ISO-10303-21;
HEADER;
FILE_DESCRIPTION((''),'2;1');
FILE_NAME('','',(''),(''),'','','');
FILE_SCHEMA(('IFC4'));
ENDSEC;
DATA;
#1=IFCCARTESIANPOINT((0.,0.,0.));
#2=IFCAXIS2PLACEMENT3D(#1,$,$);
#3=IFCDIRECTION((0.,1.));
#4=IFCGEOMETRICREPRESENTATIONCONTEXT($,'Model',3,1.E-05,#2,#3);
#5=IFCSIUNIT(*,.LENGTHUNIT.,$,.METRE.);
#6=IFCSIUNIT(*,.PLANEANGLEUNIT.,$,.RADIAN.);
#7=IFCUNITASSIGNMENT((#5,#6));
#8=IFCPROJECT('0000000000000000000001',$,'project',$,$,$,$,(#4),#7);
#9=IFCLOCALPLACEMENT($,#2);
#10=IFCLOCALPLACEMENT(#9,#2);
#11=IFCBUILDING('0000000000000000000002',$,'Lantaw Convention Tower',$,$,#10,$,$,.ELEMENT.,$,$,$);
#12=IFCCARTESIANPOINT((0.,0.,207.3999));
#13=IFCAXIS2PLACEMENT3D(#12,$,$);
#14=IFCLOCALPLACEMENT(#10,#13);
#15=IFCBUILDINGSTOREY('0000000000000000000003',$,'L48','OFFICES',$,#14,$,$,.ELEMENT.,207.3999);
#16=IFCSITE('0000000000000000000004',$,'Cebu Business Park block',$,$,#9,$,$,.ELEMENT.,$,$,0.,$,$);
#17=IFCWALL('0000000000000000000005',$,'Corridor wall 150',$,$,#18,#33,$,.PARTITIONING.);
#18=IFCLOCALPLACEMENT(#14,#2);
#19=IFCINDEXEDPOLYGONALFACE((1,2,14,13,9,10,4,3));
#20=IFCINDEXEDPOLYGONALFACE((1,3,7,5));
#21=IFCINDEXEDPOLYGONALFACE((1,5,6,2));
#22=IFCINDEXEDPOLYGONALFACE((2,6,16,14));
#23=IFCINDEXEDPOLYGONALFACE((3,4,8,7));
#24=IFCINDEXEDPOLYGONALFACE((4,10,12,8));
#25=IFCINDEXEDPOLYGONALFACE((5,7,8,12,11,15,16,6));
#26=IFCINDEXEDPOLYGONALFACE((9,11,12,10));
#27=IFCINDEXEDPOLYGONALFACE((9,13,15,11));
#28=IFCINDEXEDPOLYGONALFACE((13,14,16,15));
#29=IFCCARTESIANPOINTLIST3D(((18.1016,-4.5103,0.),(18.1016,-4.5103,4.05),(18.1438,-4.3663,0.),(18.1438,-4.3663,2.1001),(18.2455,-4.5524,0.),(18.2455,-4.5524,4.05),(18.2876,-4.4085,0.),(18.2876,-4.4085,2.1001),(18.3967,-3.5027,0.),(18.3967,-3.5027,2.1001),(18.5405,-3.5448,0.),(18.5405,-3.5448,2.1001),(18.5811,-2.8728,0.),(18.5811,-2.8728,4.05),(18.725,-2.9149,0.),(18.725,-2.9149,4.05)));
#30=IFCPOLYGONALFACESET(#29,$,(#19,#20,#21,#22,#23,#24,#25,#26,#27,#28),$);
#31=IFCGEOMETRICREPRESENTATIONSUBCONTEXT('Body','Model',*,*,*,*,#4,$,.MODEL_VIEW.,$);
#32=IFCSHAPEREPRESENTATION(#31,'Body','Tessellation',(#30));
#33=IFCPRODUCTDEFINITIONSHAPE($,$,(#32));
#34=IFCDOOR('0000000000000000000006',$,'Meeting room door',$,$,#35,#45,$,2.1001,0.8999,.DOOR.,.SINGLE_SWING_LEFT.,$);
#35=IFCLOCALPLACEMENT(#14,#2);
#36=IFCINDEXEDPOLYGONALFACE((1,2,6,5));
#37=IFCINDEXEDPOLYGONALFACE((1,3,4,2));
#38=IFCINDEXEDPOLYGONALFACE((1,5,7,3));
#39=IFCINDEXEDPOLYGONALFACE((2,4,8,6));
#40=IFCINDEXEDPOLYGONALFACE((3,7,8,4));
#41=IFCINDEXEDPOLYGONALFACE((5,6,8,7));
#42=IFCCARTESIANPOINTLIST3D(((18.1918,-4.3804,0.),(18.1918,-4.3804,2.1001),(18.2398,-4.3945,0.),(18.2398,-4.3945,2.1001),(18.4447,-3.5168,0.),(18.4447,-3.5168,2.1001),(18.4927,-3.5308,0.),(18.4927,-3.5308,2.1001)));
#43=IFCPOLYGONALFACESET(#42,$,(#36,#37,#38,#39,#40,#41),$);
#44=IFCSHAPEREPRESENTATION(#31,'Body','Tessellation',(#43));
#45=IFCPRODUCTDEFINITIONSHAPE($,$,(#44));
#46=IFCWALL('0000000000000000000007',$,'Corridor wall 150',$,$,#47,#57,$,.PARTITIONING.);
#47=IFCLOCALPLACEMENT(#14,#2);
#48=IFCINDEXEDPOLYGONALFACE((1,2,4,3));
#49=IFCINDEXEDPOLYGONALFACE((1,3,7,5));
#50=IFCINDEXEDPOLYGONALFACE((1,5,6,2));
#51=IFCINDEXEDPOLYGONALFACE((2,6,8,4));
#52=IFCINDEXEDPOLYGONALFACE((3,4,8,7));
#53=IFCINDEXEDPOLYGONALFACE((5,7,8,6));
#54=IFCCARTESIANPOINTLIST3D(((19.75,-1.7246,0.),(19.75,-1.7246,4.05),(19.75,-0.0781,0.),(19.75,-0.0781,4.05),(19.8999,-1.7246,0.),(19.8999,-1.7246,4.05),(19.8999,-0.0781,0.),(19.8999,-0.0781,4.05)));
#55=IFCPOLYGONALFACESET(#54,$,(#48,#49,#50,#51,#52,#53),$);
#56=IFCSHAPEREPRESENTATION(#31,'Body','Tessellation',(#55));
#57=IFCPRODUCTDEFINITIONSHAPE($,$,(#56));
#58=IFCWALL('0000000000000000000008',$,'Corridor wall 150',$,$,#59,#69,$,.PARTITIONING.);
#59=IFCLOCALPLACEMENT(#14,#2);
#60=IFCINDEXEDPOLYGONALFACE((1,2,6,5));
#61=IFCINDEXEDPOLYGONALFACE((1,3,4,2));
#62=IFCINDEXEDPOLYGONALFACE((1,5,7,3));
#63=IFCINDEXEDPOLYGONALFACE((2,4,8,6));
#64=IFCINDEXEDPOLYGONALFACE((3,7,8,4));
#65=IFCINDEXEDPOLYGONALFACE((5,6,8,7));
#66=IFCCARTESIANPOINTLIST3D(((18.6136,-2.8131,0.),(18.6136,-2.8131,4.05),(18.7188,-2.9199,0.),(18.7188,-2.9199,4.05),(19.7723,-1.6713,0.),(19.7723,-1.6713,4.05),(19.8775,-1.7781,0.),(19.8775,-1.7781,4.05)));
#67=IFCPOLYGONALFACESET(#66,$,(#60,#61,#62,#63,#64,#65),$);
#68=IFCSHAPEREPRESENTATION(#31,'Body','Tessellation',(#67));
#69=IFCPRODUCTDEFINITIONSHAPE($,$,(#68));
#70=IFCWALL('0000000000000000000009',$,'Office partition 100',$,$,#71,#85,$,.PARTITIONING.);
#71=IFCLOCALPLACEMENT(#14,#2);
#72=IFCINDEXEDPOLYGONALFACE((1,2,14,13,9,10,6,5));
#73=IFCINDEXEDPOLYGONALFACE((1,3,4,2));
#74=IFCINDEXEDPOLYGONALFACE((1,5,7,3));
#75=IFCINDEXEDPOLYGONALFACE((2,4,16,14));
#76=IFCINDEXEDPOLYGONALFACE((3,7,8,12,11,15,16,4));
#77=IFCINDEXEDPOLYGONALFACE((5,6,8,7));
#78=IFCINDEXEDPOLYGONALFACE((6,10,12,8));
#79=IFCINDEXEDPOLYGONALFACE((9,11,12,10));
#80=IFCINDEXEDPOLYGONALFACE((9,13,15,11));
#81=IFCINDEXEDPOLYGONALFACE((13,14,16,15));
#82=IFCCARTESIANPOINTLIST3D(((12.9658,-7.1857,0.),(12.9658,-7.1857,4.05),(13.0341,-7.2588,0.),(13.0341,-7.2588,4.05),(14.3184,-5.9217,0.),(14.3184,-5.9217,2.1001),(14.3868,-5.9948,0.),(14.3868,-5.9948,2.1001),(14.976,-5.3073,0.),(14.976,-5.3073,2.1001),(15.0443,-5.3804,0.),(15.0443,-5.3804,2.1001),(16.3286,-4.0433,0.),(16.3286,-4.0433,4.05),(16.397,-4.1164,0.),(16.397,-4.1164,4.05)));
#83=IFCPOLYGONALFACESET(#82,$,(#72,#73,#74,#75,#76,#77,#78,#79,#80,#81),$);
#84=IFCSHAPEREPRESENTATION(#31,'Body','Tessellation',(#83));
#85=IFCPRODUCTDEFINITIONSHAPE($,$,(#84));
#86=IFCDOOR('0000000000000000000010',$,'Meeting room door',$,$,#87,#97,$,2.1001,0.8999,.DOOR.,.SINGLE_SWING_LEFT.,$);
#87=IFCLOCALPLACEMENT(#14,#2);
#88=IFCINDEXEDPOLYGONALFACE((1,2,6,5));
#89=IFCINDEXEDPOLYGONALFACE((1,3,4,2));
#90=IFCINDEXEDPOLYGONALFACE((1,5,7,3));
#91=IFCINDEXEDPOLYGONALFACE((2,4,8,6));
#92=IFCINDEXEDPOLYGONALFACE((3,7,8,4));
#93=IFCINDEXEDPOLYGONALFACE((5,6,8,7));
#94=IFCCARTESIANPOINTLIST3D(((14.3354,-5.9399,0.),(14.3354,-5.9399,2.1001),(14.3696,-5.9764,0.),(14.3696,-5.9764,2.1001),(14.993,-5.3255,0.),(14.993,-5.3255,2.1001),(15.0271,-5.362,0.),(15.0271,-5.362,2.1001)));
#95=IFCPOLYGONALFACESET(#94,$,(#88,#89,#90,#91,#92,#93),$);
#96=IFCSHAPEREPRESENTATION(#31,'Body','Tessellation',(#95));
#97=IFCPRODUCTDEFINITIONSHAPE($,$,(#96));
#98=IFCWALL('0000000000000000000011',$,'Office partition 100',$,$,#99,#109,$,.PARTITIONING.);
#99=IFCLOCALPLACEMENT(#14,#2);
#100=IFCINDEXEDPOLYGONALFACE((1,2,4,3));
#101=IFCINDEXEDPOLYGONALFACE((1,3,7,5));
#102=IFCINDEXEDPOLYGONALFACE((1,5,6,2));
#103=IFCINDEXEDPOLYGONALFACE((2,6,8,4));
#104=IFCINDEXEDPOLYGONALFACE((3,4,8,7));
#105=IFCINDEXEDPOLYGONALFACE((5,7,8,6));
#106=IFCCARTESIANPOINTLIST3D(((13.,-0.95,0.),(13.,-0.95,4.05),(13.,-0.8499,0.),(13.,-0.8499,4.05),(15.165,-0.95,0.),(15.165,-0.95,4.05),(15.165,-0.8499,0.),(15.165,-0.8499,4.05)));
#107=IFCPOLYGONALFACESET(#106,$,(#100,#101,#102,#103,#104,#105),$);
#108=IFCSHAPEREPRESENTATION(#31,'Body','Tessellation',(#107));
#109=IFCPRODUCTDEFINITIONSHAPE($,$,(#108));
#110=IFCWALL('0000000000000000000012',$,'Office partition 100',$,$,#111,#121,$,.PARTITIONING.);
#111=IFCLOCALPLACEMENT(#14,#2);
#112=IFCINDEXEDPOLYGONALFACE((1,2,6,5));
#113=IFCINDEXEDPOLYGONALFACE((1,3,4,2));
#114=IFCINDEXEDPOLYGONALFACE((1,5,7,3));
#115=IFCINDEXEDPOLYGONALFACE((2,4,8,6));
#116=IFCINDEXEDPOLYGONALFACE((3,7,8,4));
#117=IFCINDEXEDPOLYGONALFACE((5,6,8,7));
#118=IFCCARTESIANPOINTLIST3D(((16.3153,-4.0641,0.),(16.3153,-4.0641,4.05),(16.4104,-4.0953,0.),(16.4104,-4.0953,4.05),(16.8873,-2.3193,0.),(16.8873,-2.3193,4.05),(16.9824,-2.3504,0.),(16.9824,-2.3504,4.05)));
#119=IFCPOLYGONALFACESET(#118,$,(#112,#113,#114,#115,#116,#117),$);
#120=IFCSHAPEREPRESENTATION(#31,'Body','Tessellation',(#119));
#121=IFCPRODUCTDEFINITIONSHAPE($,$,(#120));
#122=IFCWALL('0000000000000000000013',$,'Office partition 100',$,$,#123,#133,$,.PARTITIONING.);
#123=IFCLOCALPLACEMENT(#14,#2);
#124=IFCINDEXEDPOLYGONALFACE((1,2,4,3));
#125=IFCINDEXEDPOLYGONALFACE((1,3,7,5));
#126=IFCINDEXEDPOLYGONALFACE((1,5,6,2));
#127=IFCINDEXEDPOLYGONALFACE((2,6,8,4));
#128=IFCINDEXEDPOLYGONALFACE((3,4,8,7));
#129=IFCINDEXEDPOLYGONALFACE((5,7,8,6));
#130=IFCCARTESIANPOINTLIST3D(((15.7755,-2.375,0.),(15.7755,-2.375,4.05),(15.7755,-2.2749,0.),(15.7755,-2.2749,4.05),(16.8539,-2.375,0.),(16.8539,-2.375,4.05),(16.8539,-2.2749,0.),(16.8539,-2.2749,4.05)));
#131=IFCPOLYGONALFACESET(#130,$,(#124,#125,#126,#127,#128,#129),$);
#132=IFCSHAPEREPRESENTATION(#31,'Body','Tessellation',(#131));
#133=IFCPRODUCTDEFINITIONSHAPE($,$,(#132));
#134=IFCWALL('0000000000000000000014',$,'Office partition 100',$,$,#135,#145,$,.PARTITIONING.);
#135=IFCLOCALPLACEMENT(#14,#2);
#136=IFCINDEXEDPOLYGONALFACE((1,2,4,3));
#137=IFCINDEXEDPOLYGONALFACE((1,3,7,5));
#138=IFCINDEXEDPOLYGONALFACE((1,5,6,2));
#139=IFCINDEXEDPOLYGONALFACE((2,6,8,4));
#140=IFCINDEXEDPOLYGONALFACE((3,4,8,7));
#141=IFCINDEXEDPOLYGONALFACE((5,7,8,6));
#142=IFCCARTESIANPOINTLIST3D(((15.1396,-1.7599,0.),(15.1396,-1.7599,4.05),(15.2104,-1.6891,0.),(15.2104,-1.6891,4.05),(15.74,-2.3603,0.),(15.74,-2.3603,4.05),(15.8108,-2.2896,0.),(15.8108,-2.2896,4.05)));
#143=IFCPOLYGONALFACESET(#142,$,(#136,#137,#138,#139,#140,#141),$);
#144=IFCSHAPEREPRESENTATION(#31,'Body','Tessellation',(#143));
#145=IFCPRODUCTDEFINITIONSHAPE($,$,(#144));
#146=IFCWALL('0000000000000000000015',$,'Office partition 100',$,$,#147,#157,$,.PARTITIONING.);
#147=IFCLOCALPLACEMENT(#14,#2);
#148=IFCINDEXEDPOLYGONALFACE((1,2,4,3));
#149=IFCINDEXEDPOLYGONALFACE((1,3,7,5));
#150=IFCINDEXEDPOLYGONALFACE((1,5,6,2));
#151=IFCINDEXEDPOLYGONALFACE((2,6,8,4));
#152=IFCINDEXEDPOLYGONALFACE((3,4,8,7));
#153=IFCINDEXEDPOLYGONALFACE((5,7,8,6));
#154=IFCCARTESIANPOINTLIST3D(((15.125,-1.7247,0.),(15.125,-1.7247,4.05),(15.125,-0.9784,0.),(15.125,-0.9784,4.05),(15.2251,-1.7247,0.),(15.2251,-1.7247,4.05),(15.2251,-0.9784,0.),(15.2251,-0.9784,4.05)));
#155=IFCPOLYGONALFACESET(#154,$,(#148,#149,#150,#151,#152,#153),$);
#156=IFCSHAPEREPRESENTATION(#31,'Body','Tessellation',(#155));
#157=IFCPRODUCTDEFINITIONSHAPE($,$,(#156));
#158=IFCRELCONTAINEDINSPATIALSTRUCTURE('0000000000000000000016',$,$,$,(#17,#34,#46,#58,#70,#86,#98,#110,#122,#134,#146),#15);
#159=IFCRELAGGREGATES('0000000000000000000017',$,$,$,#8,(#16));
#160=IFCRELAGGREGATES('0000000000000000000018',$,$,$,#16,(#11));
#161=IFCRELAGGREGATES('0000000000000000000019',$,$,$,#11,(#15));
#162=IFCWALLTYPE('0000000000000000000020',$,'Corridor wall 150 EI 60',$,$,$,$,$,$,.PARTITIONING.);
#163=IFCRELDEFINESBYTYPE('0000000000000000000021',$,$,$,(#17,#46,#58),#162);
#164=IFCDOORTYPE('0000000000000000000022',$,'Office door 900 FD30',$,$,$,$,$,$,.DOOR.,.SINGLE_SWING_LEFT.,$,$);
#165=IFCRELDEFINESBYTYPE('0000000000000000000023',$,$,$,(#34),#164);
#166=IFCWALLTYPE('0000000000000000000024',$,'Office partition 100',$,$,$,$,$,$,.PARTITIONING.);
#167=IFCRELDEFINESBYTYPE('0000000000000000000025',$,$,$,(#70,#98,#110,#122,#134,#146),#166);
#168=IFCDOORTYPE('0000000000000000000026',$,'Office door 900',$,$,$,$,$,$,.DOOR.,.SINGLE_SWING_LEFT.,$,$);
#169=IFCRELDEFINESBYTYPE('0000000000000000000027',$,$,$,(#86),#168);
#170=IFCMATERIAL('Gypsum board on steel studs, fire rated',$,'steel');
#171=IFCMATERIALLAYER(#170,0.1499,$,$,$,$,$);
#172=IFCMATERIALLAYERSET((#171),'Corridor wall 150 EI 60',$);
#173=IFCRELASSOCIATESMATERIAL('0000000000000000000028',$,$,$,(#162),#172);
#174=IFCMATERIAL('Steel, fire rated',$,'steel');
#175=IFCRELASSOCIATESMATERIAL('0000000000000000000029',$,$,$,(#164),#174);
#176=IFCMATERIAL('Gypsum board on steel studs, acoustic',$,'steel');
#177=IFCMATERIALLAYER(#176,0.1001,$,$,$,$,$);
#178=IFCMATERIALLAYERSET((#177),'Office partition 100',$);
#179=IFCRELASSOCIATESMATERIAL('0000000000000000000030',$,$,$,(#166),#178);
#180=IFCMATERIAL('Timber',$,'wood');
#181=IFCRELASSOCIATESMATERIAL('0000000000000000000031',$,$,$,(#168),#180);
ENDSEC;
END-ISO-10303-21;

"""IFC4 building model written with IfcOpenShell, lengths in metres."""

from ifc_helpers import new_model, si_unit, direction, frame, frame_2d, origin, place, context, subcontext, project, spatial, rectangle, extrude, material, layer, layer_set, type_object, element, fill, save


model = new_model("IFC4")

# Units and contexts
model_context = context("Model", 3, precision=1e-05, world=origin(), true_north=direction((0.0, 1.0)))
body_context = subcontext(model_context, "Body", "Model", "MODEL_VIEW")
ifc_project = project(units=[si_unit("LENGTHUNIT", "METRE"), si_unit("PLANEANGLEUNIT", "RADIAN")], contexts=[model_context])

# Site, building, storey
site_placement = place(None, origin())
site = spatial("IfcSite", under=ifc_project, at=site_placement, Name="Cebu Business Park block", CompositionType="ELEMENT", RefElevation=0.0)
building_placement = place(site_placement, origin())
building = spatial("IfcBuilding", under=site, at=building_placement, Name="Lantaw Convention Tower", CompositionType="ELEMENT")
storey_placement = place(building_placement, frame((0.0, 0.0, 207.3999)))
storey = spatial("IfcBuildingStorey", under=building, at=storey_placement, Name="L48", Description="OFFICES", CompositionType="ELEMENT", Elevation=207.3999)

# Wall, opening, door
ifc_material_1 = material(Name="Gypsum board on steel studs, fire rated", Category="steel")
ifc_layer_1 = layer(ifc_material_1, 0.1499)
ifc_layer_set_1 = layer_set([ifc_layer_1], Name="Corridor wall 150 EI 60")
wall_type_1 = type_object("IfcWallType", Name="Corridor wall 150 EI 60", PredefinedType="PARTITIONING", material=ifc_layer_set_1)
ifc_material_2 = material(Name="Steel, fire rated", Category="steel")
door_type_1 = type_object("IfcDoorType", Name="Office door 900 FD30", OperationType="SINGLE_SWING_LEFT", PredefinedType="DOOR", material=ifc_material_2)
wall_1_placement = place(storey_placement, frame((18.1736, -4.5312, 0.0), z_axis=(0.0, 0.0, 1.0), x_axis=(0.281027, 0.9597, 0.0)))
wall_1 = element("IfcWall", 1, at=wall_1_placement, inside=storey, type_object=wall_type_1, Name="Corridor wall 150", PredefinedType="PARTITIONING", context=body_context, shape_type="SweptSolid", body=[
    extrude(rectangle(XDim=1.7063, YDim=0.1499, at=frame_2d((0.853, 0.0))), origin(), (0.0, 0.0, 1.0), 4.05),
])
opening_1_placement = place(wall_1_placement, frame((0.1499, 0.0, 0.0)))
opening_1 = element("IfcOpeningElement", 2, at=opening_1_placement, cuts=wall_1, PredefinedType="OPENING", context=body_context, shape_type="SweptSolid", body=[
    extrude(rectangle(XDim=0.8999, YDim=2.1001, at=frame_2d((0.45, 1.05))), frame((0.0, 0.085, 0.0), z_axis=(0.0, -1.0, 0.0), x_axis=(1.0, 0.0, 0.0)), (0.0, 0.0, 1.0), 0.1699),
])
door_1_placement = place(opening_1_placement, origin())
door_1 = element("IfcDoor", 3, at=door_1_placement, inside=storey, type_object=door_type_1, Name="Meeting room door", OperationType="SINGLE_SWING_LEFT", OverallHeight=2.1001, OverallWidth=0.8999, PredefinedType="DOOR", context=body_context, shape_type="SweptSolid", body=[
    extrude(rectangle(XDim=0.8999, YDim=2.1001, at=frame_2d((0.45, 1.05))), frame((0.0, 0.0249, 0.0), z_axis=(0.0, -1.0, 0.0), x_axis=(1.0, 0.0, 0.0)), (0.0, 0.0, 1.0), 0.05),
])
fill(opening_1, door_1)

# Walls
wall_2_placement = place(storey_placement, frame((19.825, -0.0781, 0.0), z_axis=(0.0, 0.0, 1.0), x_axis=(0.0, -1.0, 0.0)))
element("IfcWall", 4, at=wall_2_placement, inside=storey, type_object=wall_type_1, Name="Corridor wall 150", PredefinedType="PARTITIONING", context=body_context, shape_type="SweptSolid", body=[
    extrude(rectangle(XDim=1.6465, YDim=0.1499, at=frame_2d((0.8232, 0.0))), origin(), (0.0, 0.0, 1.0), 4.05),
])
wall_3_placement = place(storey_placement, frame((19.825, -1.7246, 0.0), z_axis=(0.0, 0.0, 1.0), x_axis=(-0.712265, -0.70191, 0.0)))
element("IfcWall", 5, at=wall_3_placement, inside=storey, type_object=wall_type_1, Name="Corridor wall 150", PredefinedType="PARTITIONING", context=body_context, shape_type="SweptSolid", body=[
    extrude(rectangle(XDim=1.6267, YDim=0.1499, at=frame_2d((0.8135, 0.0))), origin(), (0.0, 0.0, 1.0), 4.05),
])

# Wall, opening, door
ifc_material_3 = material(Name="Gypsum board on steel studs, acoustic", Category="steel")
ifc_layer_2 = layer(ifc_material_3, 0.1001)
ifc_layer_set_2 = layer_set([ifc_layer_2], Name="Office partition 100")
wall_type_2 = type_object("IfcWallType", Name="Office partition 100", PredefinedType="PARTITIONING", material=ifc_layer_set_2)
wall_4_placement = place(storey_placement, frame((16.3628, -4.0798, 0.0), z_axis=(0.0, 0.0, 1.0), x_axis=(-0.730651, -0.682751, 0.0)))
wall_4 = element("IfcWall", 6, at=wall_4_placement, inside=storey, type_object=wall_type_2, Name="Office partition 100", PredefinedType="PARTITIONING", context=body_context, shape_type="SweptSolid", body=[
    extrude(rectangle(XDim=4.6025, YDim=0.1001, at=frame_2d((2.3013, 0.0))), origin(), (0.0, 0.0, 1.0), 4.05),
])
opening_2_placement = place(wall_4_placement, frame((1.8513, 0.0, 0.0)))
opening_2 = element("IfcOpeningElement", 7, at=opening_2_placement, cuts=wall_4, PredefinedType="OPENING", context=body_context, shape_type="SweptSolid", body=[
    extrude(rectangle(XDim=0.8999, YDim=2.1001, at=frame_2d((0.45, 1.05))), frame((0.0, 0.0601, 0.0), z_axis=(0.0, -1.0, 0.0), x_axis=(1.0, 0.0, 0.0)), (0.0, 0.0, 1.0), 0.1201),
])
ifc_material_4 = material(Name="Timber", Category="wood")
door_type_2 = type_object("IfcDoorType", Name="Office door 900", OperationType="SINGLE_SWING_LEFT", PredefinedType="DOOR", material=ifc_material_4)
door_2_placement = place(opening_2_placement, origin())
door_2 = element("IfcDoor", 8, at=door_2_placement, inside=storey, type_object=door_type_2, Name="Meeting room door", OperationType="SINGLE_SWING_LEFT", OverallHeight=2.1001, OverallWidth=0.8999, PredefinedType="DOOR", context=body_context, shape_type="SweptSolid", body=[
    extrude(rectangle(XDim=0.8999, YDim=2.1001, at=frame_2d((0.45, 1.05))), frame((0.0, 0.0249, 0.0), z_axis=(0.0, -1.0, 0.0), x_axis=(1.0, 0.0, 0.0)), (0.0, 0.0, 1.0), 0.05),
])
fill(opening_2, door_2)

# Walls
wall_5_placement = place(storey_placement, frame((13.0, -0.8999, 0.0), z_axis=(0.0, 0.0, 1.0), x_axis=(1.0, 0.0, 0.0)))
element("IfcWall", 9, at=wall_5_placement, inside=storey, type_object=wall_type_2, Name="Office partition 100", PredefinedType="PARTITIONING", context=body_context, shape_type="SweptSolid", body=[
    extrude(rectangle(XDim=2.165, YDim=0.1001, at=frame_2d((1.0825, 0.0))), origin(), (0.0, 0.0, 1.0), 4.05),
])
wall_6_placement = place(storey_placement, frame((16.9348, -2.335, 0.0), z_axis=(0.0, 0.0, 1.0), x_axis=(-0.311517, -0.950241, 0.0)))
element("IfcWall", 10, at=wall_6_placement, inside=storey, type_object=wall_type_2, Name="Office partition 100", PredefinedType="PARTITIONING", context=body_context, shape_type="SweptSolid", body=[
    extrude(rectangle(XDim=1.8362, YDim=0.1001, at=frame_2d((0.918, 0.0))), origin(), (0.0, 0.0, 1.0), 4.05),
])
wall_7_placement = place(storey_placement, frame((16.8538, -2.325, 0.0), z_axis=(0.0, 0.0, 1.0), x_axis=(-1.0, 0.0, 0.0)))
element("IfcWall", 11, at=wall_7_placement, inside=storey, type_object=wall_type_2, Name="Office partition 100", PredefinedType="PARTITIONING", context=body_context, shape_type="SweptSolid", body=[
    extrude(rectangle(XDim=1.0784, YDim=0.1001, at=frame_2d((0.5391, 0.0))), origin(), (0.0, 0.0, 1.0), 4.05),
])
wall_8_placement = place(storey_placement, frame((15.7754, -2.325, 0.0), z_axis=(0.0, 0.0, 1.0), x_axis=(-0.707107, 0.707107, 0.0)))
element("IfcWall", 12, at=wall_8_placement, inside=storey, type_object=wall_type_2, Name="Office partition 100", PredefinedType="PARTITIONING", context=body_context, shape_type="SweptSolid", body=[
    extrude(rectangle(XDim=0.8491, YDim=0.1001, at=frame_2d((0.4246, 0.0))), origin(), (0.0, 0.0, 1.0), 4.05),
])
wall_9_placement = place(storey_placement, frame((15.175, -1.7246, 0.0), z_axis=(0.0, 0.0, 1.0), x_axis=(0.0, 1.0, 0.0)))
element("IfcWall", 13, at=wall_9_placement, inside=storey, type_object=wall_type_2, Name="Office partition 100", PredefinedType="PARTITIONING", context=body_context, shape_type="SweptSolid", body=[
    extrude(rectangle(XDim=0.7463, YDim=0.1001, at=frame_2d((0.373, 0.0))), origin(), (0.0, 0.0, 1.0), 4.05),
])

save(model, "model.ifc")
